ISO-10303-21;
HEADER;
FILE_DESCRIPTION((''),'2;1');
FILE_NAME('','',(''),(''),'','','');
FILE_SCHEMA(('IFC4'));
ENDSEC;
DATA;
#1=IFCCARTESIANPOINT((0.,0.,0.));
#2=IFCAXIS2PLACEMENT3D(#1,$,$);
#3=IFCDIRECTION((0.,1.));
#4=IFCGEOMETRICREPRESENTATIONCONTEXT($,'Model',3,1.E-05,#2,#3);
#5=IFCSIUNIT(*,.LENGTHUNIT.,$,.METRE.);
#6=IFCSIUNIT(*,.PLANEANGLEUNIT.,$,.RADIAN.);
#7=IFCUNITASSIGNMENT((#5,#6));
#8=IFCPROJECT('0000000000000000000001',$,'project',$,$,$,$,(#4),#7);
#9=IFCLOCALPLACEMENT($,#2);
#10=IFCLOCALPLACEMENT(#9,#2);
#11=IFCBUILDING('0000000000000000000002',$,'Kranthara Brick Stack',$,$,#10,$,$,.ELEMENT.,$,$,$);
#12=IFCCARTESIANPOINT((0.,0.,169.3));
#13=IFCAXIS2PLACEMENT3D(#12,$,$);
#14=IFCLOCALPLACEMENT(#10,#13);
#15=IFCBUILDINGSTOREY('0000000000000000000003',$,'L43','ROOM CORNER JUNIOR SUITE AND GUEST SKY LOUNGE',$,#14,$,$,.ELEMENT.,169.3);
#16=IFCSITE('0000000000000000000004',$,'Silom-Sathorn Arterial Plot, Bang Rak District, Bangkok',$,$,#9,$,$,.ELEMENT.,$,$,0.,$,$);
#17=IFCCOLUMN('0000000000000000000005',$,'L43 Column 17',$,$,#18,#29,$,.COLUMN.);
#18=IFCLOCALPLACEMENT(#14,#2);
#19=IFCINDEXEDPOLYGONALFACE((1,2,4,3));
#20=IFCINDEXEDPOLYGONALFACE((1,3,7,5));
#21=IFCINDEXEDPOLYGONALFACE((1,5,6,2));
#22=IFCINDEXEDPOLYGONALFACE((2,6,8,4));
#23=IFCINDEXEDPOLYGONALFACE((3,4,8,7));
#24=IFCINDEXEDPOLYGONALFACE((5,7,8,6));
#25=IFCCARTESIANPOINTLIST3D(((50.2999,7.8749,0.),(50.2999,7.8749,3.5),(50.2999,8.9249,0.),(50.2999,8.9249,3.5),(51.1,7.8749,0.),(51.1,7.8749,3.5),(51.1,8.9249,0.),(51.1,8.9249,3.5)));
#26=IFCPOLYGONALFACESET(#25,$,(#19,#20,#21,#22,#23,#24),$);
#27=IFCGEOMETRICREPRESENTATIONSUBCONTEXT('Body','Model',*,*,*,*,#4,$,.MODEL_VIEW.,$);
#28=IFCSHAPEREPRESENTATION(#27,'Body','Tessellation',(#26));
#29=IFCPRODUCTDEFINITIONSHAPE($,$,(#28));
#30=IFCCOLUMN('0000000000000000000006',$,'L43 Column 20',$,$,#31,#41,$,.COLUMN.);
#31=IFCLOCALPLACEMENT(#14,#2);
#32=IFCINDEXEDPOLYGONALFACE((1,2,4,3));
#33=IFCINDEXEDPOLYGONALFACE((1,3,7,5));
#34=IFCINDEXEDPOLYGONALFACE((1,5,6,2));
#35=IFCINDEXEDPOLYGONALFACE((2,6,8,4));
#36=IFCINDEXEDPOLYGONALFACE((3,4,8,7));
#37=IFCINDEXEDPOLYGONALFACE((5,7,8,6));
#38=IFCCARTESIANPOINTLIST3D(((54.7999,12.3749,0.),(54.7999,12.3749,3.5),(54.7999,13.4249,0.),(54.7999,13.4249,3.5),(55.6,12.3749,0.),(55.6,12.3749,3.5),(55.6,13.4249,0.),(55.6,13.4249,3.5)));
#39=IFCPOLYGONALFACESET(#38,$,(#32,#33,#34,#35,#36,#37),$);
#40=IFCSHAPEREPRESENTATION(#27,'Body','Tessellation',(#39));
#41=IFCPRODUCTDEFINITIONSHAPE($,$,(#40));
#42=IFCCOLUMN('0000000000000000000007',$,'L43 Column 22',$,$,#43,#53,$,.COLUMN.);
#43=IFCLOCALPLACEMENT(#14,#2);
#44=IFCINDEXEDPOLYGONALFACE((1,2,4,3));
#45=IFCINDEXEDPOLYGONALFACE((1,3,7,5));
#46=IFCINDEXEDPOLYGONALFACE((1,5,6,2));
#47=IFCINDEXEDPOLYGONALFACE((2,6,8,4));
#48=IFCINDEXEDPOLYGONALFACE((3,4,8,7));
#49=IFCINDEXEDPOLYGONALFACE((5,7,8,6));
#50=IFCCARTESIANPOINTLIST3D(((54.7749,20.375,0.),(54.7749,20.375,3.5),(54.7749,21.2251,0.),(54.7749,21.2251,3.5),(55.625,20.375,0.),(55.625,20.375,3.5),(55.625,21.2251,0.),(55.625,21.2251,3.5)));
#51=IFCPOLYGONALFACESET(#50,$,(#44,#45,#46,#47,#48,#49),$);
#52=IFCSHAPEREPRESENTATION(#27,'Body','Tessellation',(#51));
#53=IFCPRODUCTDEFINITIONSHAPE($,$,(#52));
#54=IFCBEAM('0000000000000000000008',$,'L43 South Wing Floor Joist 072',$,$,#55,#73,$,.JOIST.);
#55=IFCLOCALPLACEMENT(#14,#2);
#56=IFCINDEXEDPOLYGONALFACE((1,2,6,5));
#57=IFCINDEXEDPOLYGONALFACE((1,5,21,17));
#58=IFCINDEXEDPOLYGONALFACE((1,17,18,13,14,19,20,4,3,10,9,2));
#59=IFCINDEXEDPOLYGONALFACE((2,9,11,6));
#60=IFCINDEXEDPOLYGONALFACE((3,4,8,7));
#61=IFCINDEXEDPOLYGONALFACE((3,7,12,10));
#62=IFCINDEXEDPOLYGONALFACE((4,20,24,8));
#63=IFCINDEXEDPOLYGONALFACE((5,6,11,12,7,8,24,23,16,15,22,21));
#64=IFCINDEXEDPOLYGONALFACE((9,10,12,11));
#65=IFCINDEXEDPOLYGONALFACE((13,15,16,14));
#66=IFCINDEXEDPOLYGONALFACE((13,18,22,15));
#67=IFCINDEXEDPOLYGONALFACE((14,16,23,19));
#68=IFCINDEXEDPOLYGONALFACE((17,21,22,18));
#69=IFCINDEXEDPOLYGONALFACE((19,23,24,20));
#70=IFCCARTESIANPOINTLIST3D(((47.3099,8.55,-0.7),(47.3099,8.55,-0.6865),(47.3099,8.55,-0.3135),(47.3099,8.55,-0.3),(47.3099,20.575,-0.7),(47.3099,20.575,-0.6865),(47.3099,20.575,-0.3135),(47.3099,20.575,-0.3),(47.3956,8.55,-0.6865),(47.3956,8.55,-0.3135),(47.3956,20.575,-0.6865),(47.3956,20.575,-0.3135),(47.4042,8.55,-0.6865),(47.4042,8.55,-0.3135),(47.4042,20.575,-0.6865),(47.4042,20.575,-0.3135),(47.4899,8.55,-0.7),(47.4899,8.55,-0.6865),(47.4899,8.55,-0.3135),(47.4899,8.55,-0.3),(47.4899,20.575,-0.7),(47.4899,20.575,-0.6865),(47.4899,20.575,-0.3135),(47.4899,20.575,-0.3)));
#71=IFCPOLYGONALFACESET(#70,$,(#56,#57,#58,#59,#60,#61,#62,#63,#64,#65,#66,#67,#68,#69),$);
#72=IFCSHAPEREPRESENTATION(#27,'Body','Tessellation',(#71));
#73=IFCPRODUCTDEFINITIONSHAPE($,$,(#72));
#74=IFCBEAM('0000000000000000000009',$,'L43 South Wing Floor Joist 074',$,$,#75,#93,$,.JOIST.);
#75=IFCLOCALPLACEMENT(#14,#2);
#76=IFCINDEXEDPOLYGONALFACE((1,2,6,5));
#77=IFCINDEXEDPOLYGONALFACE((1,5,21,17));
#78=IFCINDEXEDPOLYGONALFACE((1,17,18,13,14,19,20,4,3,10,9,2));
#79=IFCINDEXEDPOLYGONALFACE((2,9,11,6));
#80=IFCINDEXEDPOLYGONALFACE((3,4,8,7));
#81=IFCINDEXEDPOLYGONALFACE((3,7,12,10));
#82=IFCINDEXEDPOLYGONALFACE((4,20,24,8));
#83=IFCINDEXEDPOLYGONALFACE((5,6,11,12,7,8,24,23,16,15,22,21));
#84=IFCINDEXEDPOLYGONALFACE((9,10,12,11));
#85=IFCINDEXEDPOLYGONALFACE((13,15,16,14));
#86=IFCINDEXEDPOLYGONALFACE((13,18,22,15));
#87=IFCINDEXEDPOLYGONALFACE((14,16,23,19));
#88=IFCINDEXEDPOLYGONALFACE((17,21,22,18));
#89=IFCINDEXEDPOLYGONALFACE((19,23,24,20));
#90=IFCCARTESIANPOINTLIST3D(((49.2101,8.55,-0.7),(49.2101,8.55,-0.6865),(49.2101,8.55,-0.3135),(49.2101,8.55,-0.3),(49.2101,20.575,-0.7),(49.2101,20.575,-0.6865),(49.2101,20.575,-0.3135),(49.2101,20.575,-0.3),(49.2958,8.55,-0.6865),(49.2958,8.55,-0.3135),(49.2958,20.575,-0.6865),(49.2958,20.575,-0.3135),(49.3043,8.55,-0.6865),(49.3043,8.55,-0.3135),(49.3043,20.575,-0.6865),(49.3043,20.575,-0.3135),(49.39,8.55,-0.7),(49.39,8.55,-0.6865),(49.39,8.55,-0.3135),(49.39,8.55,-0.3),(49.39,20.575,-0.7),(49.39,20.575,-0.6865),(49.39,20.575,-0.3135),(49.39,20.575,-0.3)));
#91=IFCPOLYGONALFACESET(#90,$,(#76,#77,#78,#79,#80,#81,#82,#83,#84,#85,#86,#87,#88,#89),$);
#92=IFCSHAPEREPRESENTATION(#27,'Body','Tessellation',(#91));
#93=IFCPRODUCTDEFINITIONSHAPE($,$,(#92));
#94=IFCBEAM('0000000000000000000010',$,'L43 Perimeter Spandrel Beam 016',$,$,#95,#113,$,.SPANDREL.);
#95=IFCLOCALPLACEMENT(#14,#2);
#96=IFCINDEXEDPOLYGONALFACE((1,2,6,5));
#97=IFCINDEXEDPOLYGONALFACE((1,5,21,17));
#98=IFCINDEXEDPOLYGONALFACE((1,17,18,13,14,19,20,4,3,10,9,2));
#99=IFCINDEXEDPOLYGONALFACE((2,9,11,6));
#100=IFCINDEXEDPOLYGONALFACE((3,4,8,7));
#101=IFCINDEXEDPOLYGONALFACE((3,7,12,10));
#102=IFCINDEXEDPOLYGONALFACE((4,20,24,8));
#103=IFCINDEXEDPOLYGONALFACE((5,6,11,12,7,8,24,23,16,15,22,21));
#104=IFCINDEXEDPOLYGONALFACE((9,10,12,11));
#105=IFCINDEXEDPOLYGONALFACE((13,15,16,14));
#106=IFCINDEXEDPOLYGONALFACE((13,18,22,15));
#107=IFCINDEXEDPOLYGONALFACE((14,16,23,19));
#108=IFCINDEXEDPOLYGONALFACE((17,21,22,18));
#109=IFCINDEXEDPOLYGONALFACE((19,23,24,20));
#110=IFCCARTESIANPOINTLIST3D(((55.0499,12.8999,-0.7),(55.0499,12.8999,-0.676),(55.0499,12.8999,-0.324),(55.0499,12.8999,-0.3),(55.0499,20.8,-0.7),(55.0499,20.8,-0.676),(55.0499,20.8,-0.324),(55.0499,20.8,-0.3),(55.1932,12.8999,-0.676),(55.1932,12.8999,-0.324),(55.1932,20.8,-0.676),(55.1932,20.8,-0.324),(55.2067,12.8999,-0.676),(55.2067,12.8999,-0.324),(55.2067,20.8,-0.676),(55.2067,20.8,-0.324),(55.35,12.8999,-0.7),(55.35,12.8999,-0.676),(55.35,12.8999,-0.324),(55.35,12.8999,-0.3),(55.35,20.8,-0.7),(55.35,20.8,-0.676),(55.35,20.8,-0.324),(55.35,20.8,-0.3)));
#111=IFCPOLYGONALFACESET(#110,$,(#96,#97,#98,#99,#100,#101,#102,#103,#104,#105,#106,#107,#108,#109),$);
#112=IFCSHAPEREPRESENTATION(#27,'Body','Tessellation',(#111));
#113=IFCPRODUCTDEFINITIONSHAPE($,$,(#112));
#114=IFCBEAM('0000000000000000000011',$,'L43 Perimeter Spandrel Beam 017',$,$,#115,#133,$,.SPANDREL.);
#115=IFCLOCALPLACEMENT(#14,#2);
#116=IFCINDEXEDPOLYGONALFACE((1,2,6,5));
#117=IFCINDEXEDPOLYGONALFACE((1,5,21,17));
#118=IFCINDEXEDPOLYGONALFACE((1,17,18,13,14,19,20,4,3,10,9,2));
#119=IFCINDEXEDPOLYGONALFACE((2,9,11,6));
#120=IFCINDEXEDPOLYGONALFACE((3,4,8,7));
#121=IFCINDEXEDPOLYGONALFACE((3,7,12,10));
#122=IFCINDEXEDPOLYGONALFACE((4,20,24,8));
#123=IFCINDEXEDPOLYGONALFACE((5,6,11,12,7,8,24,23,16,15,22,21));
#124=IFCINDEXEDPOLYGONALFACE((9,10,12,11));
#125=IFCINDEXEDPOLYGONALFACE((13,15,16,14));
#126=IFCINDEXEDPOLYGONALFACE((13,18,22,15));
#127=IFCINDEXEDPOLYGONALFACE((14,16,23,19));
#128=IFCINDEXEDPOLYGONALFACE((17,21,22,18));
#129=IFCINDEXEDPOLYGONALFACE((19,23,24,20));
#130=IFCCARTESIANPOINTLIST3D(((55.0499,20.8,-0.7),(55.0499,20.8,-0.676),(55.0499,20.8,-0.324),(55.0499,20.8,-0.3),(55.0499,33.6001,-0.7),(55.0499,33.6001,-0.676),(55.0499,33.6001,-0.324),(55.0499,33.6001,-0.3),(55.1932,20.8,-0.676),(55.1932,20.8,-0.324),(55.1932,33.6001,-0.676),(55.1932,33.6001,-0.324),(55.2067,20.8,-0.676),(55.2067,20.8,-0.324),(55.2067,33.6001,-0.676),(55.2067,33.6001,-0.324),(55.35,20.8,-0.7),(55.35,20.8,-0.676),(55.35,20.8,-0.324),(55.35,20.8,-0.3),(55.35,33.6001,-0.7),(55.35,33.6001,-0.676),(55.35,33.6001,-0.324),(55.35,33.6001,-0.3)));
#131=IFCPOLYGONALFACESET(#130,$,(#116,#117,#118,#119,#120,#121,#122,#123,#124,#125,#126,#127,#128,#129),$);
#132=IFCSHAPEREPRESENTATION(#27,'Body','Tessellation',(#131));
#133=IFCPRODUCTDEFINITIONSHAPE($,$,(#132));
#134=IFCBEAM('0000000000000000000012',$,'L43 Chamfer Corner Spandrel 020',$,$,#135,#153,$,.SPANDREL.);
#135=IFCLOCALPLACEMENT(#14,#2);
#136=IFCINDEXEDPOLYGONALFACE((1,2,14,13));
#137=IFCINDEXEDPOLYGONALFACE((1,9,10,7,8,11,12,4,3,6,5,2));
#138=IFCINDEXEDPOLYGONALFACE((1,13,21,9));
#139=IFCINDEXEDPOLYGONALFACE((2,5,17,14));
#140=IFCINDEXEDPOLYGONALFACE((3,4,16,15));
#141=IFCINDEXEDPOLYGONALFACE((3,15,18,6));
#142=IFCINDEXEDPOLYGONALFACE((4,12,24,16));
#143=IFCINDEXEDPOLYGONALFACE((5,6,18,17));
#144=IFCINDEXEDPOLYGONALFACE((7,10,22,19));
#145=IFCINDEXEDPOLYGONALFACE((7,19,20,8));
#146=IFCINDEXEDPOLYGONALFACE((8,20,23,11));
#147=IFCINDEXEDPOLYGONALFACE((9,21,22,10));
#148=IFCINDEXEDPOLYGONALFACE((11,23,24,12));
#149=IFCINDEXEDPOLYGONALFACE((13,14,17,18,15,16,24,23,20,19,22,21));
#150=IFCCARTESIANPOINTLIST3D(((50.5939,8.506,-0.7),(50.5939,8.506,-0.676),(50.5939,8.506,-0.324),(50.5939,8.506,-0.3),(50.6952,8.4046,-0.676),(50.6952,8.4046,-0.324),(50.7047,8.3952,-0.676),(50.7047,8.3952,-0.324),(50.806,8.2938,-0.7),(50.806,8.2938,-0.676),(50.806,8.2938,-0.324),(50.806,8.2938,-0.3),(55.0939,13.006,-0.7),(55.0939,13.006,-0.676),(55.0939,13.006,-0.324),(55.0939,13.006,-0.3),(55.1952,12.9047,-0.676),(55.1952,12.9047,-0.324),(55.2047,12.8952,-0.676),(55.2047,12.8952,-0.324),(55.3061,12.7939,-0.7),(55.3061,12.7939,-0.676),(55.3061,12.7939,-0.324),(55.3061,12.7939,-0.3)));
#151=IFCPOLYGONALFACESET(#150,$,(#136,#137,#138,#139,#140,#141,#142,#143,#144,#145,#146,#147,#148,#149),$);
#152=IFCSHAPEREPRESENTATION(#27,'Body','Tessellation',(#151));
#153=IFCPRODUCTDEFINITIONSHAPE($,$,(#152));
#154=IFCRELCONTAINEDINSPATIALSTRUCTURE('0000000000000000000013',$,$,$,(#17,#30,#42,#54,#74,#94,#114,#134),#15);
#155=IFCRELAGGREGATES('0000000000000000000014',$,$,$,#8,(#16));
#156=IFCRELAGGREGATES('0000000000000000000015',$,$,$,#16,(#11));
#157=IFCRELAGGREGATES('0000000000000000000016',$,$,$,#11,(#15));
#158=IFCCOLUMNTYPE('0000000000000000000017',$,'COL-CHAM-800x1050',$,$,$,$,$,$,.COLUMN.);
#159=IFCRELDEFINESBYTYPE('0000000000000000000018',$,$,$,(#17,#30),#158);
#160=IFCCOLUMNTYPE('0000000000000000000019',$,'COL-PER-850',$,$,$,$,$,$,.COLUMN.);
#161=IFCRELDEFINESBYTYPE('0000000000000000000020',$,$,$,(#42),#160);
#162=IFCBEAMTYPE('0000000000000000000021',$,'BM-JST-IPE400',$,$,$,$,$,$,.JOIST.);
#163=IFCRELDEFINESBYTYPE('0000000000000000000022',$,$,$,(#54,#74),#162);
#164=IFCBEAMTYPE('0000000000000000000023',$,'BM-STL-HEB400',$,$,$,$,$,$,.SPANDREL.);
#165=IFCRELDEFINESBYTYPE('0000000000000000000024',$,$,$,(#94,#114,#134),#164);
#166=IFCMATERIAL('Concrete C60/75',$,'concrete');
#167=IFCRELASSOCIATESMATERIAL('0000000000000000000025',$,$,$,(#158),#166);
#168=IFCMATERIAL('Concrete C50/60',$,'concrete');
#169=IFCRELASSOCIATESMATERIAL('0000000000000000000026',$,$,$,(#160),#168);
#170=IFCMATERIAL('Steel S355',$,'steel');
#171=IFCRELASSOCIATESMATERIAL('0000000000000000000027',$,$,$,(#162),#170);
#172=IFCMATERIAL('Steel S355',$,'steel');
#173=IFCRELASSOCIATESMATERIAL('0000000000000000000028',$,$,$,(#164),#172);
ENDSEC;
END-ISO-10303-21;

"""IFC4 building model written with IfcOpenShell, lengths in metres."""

from ifc_helpers import new_model, si_unit, direction, frame, origin, origin_2d, place, context, subcontext, project, spatial, rectangle, i_section, extrude, material, material_profile, profile_set, type_object, element, save


model = new_model("IFC4")

# Units and contexts
model_context = context("Model", 3, precision=1e-05, world=origin(), true_north=direction((0.0, 1.0)))
body_context = subcontext(model_context, "Body", "Model", "MODEL_VIEW")
ifc_project = project(units=[si_unit("LENGTHUNIT", "METRE"), si_unit("PLANEANGLEUNIT", "RADIAN")], contexts=[model_context])

# Site, building, storey
site_placement = place(None, origin())
site = spatial("IfcSite", under=ifc_project, at=site_placement, Name="Silom-Sathorn Arterial Plot, Bang Rak District, Bangkok", CompositionType="ELEMENT", RefElevation=0.0)
building_placement = place(site_placement, origin())
building = spatial("IfcBuilding", under=site, at=building_placement, Name="Kranthara Brick Stack", CompositionType="ELEMENT")
storey_placement = place(building_placement, frame((0.0, 0.0, 169.3)))
storey = spatial("IfcBuildingStorey", under=building, at=storey_placement, Name="L43", Description="ROOM CORNER JUNIOR SUITE AND GUEST SKY LOUNGE", CompositionType="ELEMENT", Elevation=169.3)

# Columns
ifc_material_1 = material(Name="Concrete C60/75", Category="concrete")
ifc_material_profile_1 = material_profile(ifc_material_1, rectangle(XDim=0.8, YDim=1.05, at=origin_2d()), Name="RC 800x1050")
ifc_profile_set_1 = profile_set([ifc_material_profile_1], Name="Concrete C60/75")
column_type_1 = type_object("IfcColumnType", Name="COL-CHAM-800x1050", PredefinedType="COLUMN", material=ifc_profile_set_1)
for number, where, z_axis, x_axis, name in (
    (1, (50.7, 8.3999, 0.0), (0.0, 0.0, 1.0), (1.0, 0.0, 0.0), "L43 Column 17"),
    (2, (55.2, 12.8999, 0.0), (0.0, 0.0, 1.0), (1.0, 0.0, 0.0), "L43 Column 20"),
):
    element("IfcColumn", number, at=place(storey_placement, frame(where, z_axis=z_axis, x_axis=x_axis)), inside=storey, type_object=column_type_1, Name=name, PredefinedType="COLUMN", context=body_context, shape_type="SweptSolid", body=[
        extrude(rectangle(XDim=0.8, YDim=1.05, at=origin_2d()), origin(), (0.0, 0.0, 1.0), 3.5),
    ])
ifc_material_2 = material(Name="Concrete C50/60", Category="concrete")
ifc_material_profile_2 = material_profile(ifc_material_2, rectangle(XDim=0.8501, YDim=0.8501, at=origin_2d()), Name="RC 850x850")
ifc_profile_set_2 = profile_set([ifc_material_profile_2], Name="Concrete C50/60")
column_type_2 = type_object("IfcColumnType", Name="COL-PER-850", PredefinedType="COLUMN", material=ifc_profile_set_2)
column_placement = place(storey_placement, frame((55.2, 20.8, 0.0), z_axis=(0.0, 0.0, 1.0), x_axis=(1.0, 0.0, 0.0)))
element("IfcColumn", 3, at=column_placement, inside=storey, type_object=column_type_2, Name="L43 Column 22", PredefinedType="COLUMN", context=body_context, shape_type="SweptSolid", body=[
    extrude(rectangle(XDim=0.8501, YDim=0.8501, at=origin_2d()), origin(), (0.0, 0.0, 1.0), 3.5),
])

# Beams
ifc_material_3 = material(Name="Steel S355", Category="steel")
ifc_material_profile_3 = material_profile(ifc_material_3, i_section(OverallWidth=0.1799, OverallDepth=0.3999, WebThickness=0.0085, FlangeThickness=0.0134, at=origin_2d()), Name="IPE 400")
ifc_profile_set_3 = profile_set([ifc_material_profile_3], Name="Steel S355")
beam_type_1 = type_object("IfcBeamType", Name="BM-JST-IPE400", PredefinedType="JOIST", material=ifc_profile_set_3)
for number, where, z_axis, x_axis, name in (
    (4, (47.3999, 8.55, -0.5), (0.0, 1.0, 0.0), (-1.0, 0.0, 0.0), "L43 South Wing Floor Joist 072"),
    (5, (49.3, 8.55, -0.5), (0.0, 1.0, 0.0), (-1.0, 0.0, 0.0), "L43 South Wing Floor Joist 074"),
):
    element("IfcBeam", number, at=place(storey_placement, frame(where, z_axis=z_axis, x_axis=x_axis)), inside=storey, type_object=beam_type_1, Name=name, PredefinedType="JOIST", context=body_context, shape_type="SweptSolid", body=[
        extrude(i_section(OverallWidth=0.1799, OverallDepth=0.3999, WebThickness=0.0085, FlangeThickness=0.0134, at=origin_2d()), origin(), (0.0, 0.0, 1.0), 12.0249),
    ])
ifc_material_4 = material(Name="Steel S355", Category="steel")
ifc_material_profile_4 = material_profile(ifc_material_4, i_section(OverallWidth=0.3, OverallDepth=0.3999, WebThickness=0.0134, FlangeThickness=0.0239, at=origin_2d()), Name="HEB 400")
ifc_profile_set_4 = profile_set([ifc_material_profile_4], Name="Steel S355")
beam_type_2 = type_object("IfcBeamType", Name="BM-STL-HEB400", PredefinedType="SPANDREL", material=ifc_profile_set_4)
beam_1_placement = place(storey_placement, frame((55.2, 12.8999, -0.5), z_axis=(0.0, 1.0, 0.0), x_axis=(-1.0, 0.0, 0.0)))
element("IfcBeam", 6, at=beam_1_placement, inside=storey, type_object=beam_type_2, Name="L43 Perimeter Spandrel Beam 016", PredefinedType="SPANDREL", context=body_context, shape_type="SweptSolid", body=[
    extrude(i_section(OverallWidth=0.3, OverallDepth=0.3999, WebThickness=0.0134, FlangeThickness=0.0239, at=origin_2d()), origin(), (0.0, 0.0, 1.0), 7.9001),
])
beam_2_placement = place(storey_placement, frame((55.2, 20.8, -0.5), z_axis=(0.0, 1.0, 0.0), x_axis=(-1.0, 0.0, 0.0)))
element("IfcBeam", 7, at=beam_2_placement, inside=storey, type_object=beam_type_2, Name="L43 Perimeter Spandrel Beam 017", PredefinedType="SPANDREL", context=body_context, shape_type="SweptSolid", body=[
    extrude(i_section(OverallWidth=0.3, OverallDepth=0.3999, WebThickness=0.0134, FlangeThickness=0.0239, at=origin_2d()), origin(), (0.0, 0.0, 1.0), 12.8),
])
beam_3_placement = place(storey_placement, frame((50.7, 8.3999, -0.5), z_axis=(0.707107, 0.707107, 0.0), x_axis=(-0.707107, 0.707107, 0.0)))
element("IfcBeam", 8, at=beam_3_placement, inside=storey, type_object=beam_type_2, Name="L43 Chamfer Corner Spandrel 020", PredefinedType="SPANDREL", context=body_context, shape_type="SweptSolid", body=[
    extrude(i_section(OverallWidth=0.3, OverallDepth=0.3999, WebThickness=0.0134, FlangeThickness=0.0239, at=origin_2d()), origin(), (0.0, 0.0, 1.0), 6.364),
])

save(model, "model.ifc")
